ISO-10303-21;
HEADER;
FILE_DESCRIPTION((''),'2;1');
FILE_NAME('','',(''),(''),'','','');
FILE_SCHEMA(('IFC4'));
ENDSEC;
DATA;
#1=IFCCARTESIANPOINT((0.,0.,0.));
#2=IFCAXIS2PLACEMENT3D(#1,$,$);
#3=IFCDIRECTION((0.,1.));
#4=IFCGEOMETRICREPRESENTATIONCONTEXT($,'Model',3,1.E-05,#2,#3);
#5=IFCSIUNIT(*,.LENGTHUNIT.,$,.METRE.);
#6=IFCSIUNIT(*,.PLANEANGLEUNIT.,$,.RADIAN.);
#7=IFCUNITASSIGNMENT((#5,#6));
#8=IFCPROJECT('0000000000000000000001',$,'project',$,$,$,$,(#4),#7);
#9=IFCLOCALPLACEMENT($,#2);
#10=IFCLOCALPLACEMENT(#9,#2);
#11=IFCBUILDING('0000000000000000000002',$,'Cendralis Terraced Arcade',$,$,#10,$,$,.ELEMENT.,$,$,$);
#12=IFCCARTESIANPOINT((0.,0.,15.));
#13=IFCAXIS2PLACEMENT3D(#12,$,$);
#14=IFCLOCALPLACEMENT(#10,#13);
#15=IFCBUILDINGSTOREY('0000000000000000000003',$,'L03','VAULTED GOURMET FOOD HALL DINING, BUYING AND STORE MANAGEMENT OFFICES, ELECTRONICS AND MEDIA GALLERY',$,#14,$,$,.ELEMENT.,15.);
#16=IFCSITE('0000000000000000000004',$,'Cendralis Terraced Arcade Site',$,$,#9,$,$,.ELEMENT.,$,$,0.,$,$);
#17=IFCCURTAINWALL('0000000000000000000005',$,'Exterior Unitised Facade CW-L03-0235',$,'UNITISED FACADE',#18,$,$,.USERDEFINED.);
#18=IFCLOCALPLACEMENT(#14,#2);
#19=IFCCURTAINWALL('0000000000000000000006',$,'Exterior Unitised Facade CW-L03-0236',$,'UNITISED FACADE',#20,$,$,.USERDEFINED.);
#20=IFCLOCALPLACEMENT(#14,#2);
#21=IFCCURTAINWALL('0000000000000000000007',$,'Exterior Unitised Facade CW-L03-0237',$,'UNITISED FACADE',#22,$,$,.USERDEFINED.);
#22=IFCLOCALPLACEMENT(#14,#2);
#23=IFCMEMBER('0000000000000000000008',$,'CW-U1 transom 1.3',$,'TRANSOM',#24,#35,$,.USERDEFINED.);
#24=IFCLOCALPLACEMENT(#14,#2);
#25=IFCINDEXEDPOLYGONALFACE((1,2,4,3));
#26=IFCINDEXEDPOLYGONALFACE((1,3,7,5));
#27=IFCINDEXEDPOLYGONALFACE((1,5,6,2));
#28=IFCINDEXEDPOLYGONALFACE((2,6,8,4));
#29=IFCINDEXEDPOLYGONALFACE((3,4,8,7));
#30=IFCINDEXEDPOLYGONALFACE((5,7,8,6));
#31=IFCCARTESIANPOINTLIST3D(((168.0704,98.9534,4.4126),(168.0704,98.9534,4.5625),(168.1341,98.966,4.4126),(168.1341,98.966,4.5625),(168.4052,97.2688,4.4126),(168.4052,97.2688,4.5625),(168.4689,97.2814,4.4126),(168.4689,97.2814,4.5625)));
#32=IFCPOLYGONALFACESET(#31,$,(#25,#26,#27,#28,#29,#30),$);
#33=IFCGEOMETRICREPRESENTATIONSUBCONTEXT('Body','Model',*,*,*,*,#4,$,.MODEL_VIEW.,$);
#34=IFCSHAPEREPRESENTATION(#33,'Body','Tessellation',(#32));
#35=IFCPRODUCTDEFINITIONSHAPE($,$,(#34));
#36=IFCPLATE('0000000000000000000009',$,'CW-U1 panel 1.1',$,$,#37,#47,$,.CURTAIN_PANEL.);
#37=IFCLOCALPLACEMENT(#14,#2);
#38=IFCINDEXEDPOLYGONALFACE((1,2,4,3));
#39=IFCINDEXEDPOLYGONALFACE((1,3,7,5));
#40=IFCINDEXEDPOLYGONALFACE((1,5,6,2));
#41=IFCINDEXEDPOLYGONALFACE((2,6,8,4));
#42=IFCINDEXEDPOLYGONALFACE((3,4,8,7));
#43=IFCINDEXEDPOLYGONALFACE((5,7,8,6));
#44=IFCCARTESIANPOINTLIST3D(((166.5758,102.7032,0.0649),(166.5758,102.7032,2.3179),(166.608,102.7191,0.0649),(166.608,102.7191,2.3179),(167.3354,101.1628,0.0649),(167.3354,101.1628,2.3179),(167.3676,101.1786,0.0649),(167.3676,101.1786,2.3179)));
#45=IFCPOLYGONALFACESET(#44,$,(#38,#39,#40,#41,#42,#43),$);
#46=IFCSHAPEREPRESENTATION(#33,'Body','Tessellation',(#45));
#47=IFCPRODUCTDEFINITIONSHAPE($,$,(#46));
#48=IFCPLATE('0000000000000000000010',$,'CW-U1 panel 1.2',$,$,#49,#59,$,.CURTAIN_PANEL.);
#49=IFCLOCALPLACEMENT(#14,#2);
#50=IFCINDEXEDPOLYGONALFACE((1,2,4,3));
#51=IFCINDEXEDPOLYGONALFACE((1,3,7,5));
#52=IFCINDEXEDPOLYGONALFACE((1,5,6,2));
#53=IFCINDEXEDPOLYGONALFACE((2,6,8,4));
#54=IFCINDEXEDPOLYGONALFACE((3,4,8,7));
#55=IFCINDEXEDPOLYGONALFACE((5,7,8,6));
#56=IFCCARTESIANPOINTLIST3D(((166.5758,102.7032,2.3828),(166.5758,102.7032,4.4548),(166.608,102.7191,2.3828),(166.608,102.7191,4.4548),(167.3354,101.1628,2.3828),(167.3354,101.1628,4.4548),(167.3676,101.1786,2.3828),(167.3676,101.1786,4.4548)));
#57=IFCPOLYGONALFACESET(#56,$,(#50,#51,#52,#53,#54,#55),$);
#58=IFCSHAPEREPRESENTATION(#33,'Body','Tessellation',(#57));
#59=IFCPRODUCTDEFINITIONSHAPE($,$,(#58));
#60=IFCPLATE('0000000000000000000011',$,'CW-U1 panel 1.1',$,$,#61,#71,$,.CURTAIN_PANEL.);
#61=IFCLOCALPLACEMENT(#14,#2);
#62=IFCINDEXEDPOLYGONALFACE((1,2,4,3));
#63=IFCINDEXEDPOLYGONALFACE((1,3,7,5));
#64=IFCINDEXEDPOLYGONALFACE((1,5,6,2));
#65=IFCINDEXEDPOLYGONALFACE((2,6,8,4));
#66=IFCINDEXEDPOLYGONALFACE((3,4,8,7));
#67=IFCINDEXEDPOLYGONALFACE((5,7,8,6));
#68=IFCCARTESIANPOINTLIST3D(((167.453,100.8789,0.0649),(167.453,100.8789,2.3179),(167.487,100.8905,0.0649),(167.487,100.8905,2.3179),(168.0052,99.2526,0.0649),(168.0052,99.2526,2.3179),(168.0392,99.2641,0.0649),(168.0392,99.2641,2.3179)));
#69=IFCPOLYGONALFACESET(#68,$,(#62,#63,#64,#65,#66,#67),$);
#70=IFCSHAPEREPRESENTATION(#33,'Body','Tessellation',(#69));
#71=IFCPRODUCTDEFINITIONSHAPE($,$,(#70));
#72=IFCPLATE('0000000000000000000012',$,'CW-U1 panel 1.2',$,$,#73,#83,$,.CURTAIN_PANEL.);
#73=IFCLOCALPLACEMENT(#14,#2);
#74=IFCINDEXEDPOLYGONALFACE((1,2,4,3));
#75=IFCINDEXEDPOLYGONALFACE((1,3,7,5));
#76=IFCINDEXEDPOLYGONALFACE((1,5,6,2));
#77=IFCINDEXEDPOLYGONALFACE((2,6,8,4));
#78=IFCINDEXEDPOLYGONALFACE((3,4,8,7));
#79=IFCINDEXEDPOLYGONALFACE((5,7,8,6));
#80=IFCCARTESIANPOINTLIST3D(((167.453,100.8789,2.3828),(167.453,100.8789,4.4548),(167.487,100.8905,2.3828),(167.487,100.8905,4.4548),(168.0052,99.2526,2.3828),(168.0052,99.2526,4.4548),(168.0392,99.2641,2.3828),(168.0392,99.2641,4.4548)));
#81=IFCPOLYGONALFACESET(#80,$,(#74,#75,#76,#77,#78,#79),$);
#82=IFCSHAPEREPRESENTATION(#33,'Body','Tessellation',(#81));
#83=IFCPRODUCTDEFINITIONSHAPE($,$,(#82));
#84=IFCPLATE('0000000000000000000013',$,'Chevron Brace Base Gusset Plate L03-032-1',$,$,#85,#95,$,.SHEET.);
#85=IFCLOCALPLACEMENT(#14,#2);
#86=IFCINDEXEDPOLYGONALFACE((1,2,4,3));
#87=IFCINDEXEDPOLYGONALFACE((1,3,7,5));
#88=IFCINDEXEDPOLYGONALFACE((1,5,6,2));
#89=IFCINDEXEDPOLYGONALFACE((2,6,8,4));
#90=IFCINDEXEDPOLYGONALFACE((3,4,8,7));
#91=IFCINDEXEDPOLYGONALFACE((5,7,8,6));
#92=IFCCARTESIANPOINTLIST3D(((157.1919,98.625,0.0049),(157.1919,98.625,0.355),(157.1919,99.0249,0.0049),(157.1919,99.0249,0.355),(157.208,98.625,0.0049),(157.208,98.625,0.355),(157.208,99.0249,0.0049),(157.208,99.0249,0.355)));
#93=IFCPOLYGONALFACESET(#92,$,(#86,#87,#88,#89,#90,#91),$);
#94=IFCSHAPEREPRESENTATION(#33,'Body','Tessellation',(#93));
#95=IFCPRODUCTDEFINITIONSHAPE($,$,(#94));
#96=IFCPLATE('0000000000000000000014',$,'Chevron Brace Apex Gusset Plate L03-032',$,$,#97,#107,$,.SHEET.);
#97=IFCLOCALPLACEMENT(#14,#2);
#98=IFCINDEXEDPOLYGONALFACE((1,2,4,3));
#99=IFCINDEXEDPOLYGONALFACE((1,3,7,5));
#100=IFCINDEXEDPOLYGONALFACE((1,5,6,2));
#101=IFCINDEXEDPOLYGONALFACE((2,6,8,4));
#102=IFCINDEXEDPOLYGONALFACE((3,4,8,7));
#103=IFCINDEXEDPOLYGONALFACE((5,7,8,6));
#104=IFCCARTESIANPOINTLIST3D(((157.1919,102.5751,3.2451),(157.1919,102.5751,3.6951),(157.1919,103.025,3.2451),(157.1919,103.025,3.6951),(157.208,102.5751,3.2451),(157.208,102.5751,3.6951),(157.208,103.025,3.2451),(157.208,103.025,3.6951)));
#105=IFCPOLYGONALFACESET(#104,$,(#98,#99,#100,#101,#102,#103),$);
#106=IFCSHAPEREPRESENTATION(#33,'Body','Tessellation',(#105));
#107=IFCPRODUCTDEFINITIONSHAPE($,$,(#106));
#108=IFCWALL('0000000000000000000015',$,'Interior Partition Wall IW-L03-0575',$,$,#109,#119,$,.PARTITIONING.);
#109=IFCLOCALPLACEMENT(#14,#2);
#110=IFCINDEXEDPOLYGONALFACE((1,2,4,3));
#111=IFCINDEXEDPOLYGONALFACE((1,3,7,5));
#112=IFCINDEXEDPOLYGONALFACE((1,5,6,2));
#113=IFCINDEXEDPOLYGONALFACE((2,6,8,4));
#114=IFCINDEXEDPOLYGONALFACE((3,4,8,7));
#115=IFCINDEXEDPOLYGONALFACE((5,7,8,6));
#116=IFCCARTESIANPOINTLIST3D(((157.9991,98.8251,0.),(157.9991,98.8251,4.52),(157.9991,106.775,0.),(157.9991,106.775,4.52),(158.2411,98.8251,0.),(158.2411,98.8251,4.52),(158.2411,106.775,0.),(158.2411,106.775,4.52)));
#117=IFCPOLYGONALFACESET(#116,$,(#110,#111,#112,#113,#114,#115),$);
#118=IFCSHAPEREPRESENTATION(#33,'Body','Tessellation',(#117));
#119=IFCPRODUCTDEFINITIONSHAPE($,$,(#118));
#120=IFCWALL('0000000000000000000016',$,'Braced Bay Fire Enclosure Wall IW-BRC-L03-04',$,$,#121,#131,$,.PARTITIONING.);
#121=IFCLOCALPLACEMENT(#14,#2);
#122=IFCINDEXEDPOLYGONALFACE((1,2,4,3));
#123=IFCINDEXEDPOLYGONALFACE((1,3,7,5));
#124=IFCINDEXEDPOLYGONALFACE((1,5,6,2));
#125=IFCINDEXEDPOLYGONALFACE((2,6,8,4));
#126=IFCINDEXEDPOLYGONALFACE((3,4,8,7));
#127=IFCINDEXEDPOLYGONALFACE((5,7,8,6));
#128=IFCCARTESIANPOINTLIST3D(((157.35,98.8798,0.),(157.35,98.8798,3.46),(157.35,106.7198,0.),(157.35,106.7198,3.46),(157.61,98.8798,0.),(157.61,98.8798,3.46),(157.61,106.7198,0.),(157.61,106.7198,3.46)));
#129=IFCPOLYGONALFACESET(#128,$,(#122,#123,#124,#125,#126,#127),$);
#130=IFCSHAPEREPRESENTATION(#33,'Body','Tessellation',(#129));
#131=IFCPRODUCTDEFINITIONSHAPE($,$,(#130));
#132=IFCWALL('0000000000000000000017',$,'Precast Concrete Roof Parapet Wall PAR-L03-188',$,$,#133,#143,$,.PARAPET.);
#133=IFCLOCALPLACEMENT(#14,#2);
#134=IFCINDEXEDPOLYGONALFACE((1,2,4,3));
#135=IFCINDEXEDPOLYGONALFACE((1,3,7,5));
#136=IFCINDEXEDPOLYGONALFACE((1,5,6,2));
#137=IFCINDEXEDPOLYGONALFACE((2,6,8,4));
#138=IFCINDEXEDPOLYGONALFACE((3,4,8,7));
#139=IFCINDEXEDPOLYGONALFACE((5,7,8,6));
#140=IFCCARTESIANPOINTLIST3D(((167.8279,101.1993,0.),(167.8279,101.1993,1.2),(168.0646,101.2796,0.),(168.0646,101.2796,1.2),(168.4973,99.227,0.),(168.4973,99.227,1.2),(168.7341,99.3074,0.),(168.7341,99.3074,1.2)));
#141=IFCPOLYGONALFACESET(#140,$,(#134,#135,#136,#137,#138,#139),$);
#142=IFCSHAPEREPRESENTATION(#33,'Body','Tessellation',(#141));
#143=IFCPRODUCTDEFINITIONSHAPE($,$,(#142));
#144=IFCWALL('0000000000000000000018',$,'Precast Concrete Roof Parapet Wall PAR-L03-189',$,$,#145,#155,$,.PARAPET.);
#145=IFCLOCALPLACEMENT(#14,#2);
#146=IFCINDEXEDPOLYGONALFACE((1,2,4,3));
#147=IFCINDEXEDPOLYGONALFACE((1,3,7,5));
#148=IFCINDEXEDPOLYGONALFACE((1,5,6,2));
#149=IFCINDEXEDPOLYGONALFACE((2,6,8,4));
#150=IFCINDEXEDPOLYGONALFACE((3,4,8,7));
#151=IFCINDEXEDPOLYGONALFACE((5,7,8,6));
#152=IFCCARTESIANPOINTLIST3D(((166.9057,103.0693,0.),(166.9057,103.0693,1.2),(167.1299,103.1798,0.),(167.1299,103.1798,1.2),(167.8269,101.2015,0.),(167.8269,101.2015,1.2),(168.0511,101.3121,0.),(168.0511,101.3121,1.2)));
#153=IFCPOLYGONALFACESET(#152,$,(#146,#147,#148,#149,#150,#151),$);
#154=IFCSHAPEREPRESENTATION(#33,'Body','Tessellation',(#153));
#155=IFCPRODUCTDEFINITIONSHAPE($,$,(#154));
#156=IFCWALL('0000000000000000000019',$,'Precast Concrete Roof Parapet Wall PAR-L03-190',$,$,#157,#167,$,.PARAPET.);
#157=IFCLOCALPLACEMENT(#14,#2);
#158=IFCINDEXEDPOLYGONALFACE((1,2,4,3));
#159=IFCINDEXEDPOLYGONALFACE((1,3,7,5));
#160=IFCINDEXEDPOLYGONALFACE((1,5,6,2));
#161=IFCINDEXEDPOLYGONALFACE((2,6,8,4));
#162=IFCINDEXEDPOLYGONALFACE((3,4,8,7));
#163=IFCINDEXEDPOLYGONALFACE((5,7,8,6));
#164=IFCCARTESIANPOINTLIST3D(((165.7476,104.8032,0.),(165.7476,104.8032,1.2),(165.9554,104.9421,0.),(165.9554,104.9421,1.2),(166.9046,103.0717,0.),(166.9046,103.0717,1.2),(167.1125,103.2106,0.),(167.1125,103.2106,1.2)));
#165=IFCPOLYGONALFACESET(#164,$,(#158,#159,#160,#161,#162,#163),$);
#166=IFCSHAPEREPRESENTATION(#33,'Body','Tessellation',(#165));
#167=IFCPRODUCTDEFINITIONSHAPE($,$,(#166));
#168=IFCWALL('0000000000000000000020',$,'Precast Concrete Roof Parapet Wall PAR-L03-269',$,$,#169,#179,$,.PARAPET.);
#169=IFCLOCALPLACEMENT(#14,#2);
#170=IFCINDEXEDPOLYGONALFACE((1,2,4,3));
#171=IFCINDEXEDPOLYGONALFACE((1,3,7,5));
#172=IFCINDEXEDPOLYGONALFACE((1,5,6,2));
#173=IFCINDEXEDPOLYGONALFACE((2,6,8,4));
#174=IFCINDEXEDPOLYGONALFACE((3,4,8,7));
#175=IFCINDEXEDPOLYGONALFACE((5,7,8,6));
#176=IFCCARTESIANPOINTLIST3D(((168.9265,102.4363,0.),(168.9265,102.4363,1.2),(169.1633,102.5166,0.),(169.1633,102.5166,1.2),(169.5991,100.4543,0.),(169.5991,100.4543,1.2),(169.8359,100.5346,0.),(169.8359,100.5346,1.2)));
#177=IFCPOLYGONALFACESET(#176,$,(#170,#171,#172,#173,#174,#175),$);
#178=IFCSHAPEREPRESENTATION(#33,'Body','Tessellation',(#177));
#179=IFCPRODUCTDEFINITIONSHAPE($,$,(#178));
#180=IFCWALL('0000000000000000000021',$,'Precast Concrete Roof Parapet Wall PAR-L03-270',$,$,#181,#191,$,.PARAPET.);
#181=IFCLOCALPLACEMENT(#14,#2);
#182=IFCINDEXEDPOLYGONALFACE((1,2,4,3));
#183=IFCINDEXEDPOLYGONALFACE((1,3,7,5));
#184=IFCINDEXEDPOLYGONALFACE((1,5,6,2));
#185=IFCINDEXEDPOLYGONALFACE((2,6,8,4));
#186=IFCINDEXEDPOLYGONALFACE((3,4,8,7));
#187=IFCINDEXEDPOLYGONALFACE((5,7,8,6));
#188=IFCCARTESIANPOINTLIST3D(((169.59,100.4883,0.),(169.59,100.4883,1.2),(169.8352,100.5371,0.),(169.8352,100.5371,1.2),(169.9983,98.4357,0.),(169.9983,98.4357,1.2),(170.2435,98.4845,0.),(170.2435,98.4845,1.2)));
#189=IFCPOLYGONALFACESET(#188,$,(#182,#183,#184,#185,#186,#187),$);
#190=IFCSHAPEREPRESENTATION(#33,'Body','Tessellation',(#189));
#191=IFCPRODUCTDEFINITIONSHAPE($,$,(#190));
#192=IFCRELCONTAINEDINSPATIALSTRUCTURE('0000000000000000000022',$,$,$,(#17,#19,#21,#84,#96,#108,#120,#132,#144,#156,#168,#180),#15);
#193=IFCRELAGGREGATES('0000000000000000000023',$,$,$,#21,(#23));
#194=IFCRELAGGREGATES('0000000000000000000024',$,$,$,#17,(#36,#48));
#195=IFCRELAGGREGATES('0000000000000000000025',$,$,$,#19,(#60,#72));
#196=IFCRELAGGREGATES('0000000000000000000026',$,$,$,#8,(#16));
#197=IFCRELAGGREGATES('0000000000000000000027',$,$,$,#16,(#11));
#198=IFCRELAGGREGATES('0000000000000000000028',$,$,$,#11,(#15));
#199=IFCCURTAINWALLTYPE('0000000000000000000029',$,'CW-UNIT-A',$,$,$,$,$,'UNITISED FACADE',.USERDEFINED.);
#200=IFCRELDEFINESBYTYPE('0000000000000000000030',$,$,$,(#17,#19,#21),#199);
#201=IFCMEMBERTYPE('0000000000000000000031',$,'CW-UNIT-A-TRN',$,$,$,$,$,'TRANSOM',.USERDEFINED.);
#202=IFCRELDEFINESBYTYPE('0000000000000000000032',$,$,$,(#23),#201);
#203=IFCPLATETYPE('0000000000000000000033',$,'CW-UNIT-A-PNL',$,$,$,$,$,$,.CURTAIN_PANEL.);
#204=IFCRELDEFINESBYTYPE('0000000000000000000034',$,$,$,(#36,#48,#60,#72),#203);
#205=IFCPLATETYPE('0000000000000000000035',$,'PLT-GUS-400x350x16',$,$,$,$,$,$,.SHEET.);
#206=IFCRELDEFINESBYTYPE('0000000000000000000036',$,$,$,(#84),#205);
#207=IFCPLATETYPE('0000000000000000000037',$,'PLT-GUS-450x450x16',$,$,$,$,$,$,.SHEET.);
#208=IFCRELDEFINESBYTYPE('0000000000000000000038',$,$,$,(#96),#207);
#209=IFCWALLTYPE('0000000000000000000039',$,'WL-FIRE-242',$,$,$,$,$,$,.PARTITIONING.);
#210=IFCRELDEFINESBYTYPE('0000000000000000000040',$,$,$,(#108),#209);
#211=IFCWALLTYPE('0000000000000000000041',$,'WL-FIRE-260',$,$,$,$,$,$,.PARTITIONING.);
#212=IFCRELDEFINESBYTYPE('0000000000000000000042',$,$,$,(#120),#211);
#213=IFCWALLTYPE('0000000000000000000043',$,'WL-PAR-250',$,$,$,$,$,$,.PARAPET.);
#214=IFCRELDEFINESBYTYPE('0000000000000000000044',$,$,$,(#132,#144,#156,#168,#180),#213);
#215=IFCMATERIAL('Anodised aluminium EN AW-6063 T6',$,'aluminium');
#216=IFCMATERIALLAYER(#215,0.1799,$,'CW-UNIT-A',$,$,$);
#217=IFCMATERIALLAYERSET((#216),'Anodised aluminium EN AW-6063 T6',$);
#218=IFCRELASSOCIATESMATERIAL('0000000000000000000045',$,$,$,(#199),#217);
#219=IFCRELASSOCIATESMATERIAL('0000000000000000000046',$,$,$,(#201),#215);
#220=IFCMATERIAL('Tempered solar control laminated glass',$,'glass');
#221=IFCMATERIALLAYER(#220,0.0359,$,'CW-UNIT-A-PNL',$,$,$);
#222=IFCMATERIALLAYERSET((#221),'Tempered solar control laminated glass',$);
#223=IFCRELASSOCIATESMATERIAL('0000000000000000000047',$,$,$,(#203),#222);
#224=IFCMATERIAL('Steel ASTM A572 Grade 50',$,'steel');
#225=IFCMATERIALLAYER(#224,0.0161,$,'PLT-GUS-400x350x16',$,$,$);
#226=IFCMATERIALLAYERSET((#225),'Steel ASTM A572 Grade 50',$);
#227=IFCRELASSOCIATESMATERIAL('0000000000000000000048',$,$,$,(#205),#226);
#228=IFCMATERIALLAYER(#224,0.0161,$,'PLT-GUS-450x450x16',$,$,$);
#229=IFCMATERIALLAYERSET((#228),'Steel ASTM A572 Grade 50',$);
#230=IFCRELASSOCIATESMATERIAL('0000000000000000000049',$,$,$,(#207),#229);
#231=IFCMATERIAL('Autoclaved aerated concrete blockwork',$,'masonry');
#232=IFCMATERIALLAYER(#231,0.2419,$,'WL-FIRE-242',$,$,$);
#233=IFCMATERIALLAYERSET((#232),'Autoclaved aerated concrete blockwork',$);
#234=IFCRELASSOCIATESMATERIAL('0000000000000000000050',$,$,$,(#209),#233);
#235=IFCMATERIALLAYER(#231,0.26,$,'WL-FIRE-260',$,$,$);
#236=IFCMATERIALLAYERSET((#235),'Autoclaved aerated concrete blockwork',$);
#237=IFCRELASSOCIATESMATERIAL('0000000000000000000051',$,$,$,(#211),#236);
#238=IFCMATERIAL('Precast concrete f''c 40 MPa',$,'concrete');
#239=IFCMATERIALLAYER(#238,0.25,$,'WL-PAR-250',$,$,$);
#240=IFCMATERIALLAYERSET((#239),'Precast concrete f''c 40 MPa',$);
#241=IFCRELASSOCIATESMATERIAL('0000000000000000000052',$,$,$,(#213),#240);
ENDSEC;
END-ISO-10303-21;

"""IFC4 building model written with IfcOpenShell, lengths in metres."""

from ifc_helpers import new_model, si_unit, direction, frame, frame_2d, origin, origin_2d, place, context, subcontext, project, spatial, rectangle, extrude, material, layer, layer_set, material_profile, profile_set, type_object, element, aggregate, save


model = new_model("IFC4")

# Units and contexts
model_context = context("Model", 3, precision=1e-05, world=origin(), true_north=direction((0.0, 1.0)))
body_context = subcontext(model_context, "Body", "Model", "MODEL_VIEW")
ifc_project = project(units=[si_unit("LENGTHUNIT", "METRE"), si_unit("PLANEANGLEUNIT", "RADIAN")], contexts=[model_context])

# Site, building, storey
site_placement = place(None, origin())
site = spatial("IfcSite", under=ifc_project, at=site_placement, Name="Cendralis Terraced Arcade Site", CompositionType="ELEMENT", RefElevation=0.0)
building_placement = place(site_placement, origin())
building = spatial("IfcBuilding", under=site, at=building_placement, Name="Cendralis Terraced Arcade", CompositionType="ELEMENT")
storey_placement = place(building_placement, frame((0.0, 0.0, 15.0)))
storey = spatial("IfcBuildingStorey", under=building, at=storey_placement, Name="L03", Description="VAULTED GOURMET FOOD HALL DINING, BUYING AND STORE MANAGEMENT OFFICES, ELECTRONICS AND MEDIA GALLERY", CompositionType="ELEMENT", Elevation=15.0)

# Shared definitions
ifc_material_1 = material(Name="Anodised aluminium EN AW-6063 T6", Category="aluminium")
ifc_layer_1 = layer(ifc_material_1, 0.1799, Name="CW-UNIT-A")
ifc_layer_set_1 = layer_set([ifc_layer_1], Name="Anodised aluminium EN AW-6063 T6")
curtain_wall_type = type_object("IfcCurtainWallType", Name="CW-UNIT-A", ElementType="UNITISED FACADE", PredefinedType="USERDEFINED", material=ifc_layer_set_1)

# Curtain walls
curtain_wall_1_placement = place(storey_placement, origin())
curtain_wall_1 = element("IfcCurtainWall", 1, at=curtain_wall_1_placement, inside=storey, type_object=curtain_wall_type, Name="Exterior Unitised Facade CW-L03-0235", ObjectType="UNITISED FACADE", PredefinedType="USERDEFINED")
curtain_wall_2_placement = place(storey_placement, origin())
curtain_wall_2 = element("IfcCurtainWall", 2, at=curtain_wall_2_placement, inside=storey, type_object=curtain_wall_type, Name="Exterior Unitised Facade CW-L03-0236", ObjectType="UNITISED FACADE", PredefinedType="USERDEFINED")

# Curtain wall
curtain_wall_3_placement = place(storey_placement, origin())
curtain_wall_3 = element("IfcCurtainWall", 3, at=curtain_wall_3_placement, inside=storey, type_object=curtain_wall_type, Name="Exterior Unitised Facade CW-L03-0237", ObjectType="UNITISED FACADE", PredefinedType="USERDEFINED")

# Member
ifc_material_profile_1 = material_profile(ifc_material_1, rectangle(XDim=0.0649, YDim=0.1499, at=origin_2d()), Name="ALU-TRN-65x150")
ifc_profile_set_1 = profile_set([ifc_material_profile_1], Name="Anodised aluminium EN AW-6063 T6")
member_type_1 = type_object("IfcMemberType", Name="CW-UNIT-A-TRN", ElementType="TRANSOM", PredefinedType="USERDEFINED", material=ifc_profile_set_1)
member_1_placement = place(storey_placement, frame((168.1023, 98.9597, 4.4875), z_axis=(0.194886, -0.980826, 0.0), x_axis=(0.980826, 0.194886, 0.0)))
member_1 = element("IfcMember", 4, at=member_1_placement, type_object=member_type_1, Name="CW-U1 transom 1.3", ObjectType="TRANSOM", PredefinedType="USERDEFINED", context=body_context, shape_type="SweptSolid", body=[
    extrude(rectangle(XDim=0.0649, YDim=0.1499, at=origin_2d()), origin(), (0.0, 0.0, 1.0), 1.7175),
])
aggregate(curtain_wall_3, [member_1])

# Plates
ifc_material_2 = material(Name="Tempered solar control laminated glass", Category="glass")
ifc_layer_2 = layer(ifc_material_2, 0.0359, Name="CW-UNIT-A-PNL")
ifc_layer_set_2 = layer_set([ifc_layer_2], Name="Tempered solar control laminated glass")
plate_type_1 = type_object("IfcPlateType", Name="CW-UNIT-A-PNL", PredefinedType="CURTAIN_PANEL", material=ifc_layer_set_2)
plate_1_placement = place(storey_placement, frame((166.9717, 101.9409, 0.0649), z_axis=(0.0, 0.0, 1.0), x_axis=(0.44227, -0.896882, 0.0)))
plate_1 = element("IfcPlate", 5, at=plate_1_placement, type_object=plate_type_1, Name="CW-U1 panel 1.1", PredefinedType="CURTAIN_PANEL", context=body_context, shape_type="SweptSolid", body=[
    extrude(rectangle(XDim=1.7175, YDim=0.0359, at=origin_2d()), origin(), (0.0, 0.0, 1.0), 2.2529),
])
plate_2_placement = place(storey_placement, frame((166.9717, 101.9409, 2.3828), z_axis=(0.0, 0.0, 1.0), x_axis=(0.44227, -0.896882, 0.0)))
plate_2 = element("IfcPlate", 6, at=plate_2_placement, type_object=plate_type_1, Name="CW-U1 panel 1.2", PredefinedType="CURTAIN_PANEL", context=body_context, shape_type="SweptSolid", body=[
    extrude(rectangle(XDim=1.7175, YDim=0.0359, at=origin_2d()), origin(), (0.0, 0.0, 1.0), 2.072),
])
aggregate(curtain_wall_1, [plate_1, plate_2])
plate_3_placement = place(storey_placement, frame((167.7461, 100.0715, 0.0649), z_axis=(0.0, 0.0, 1.0), x_axis=(0.3215, -0.94691, 0.0)))
plate_3 = element("IfcPlate", 7, at=plate_3_placement, type_object=plate_type_1, Name="CW-U1 panel 1.1", PredefinedType="CURTAIN_PANEL", context=body_context, shape_type="SweptSolid", body=[
    extrude(rectangle(XDim=1.7175, YDim=0.0359, at=origin_2d()), origin(), (0.0, 0.0, 1.0), 2.2529),
])
plate_4_placement = place(storey_placement, frame((167.7461, 100.0715, 2.3828), z_axis=(0.0, 0.0, 1.0), x_axis=(0.3215, -0.94691, 0.0)))
plate_4 = element("IfcPlate", 8, at=plate_4_placement, type_object=plate_type_1, Name="CW-U1 panel 1.2", PredefinedType="CURTAIN_PANEL", context=body_context, shape_type="SweptSolid", body=[
    extrude(rectangle(XDim=1.7175, YDim=0.0359, at=origin_2d()), origin(), (0.0, 0.0, 1.0), 2.072),
])
aggregate(curtain_wall_2, [plate_3, plate_4])

# Plates
ifc_material_3 = material(Name="Steel ASTM A572 Grade 50", Category="steel")
ifc_layer_3 = layer(ifc_material_3, 0.0161, Name="PLT-GUS-400x350x16")
ifc_layer_set_3 = layer_set([ifc_layer_3], Name="Steel ASTM A572 Grade 50")
plate_type_2 = type_object("IfcPlateType", Name="PLT-GUS-400x350x16", PredefinedType="SHEET", material=ifc_layer_set_3)
plate_5_placement = place(storey_placement, frame((157.2, 98.825, 0.0049), z_axis=(0.0, 0.0, 1.0), x_axis=(0.0, 1.0, 0.0)))
element("IfcPlate", 9, at=plate_5_placement, inside=storey, type_object=plate_type_2, Name="Chevron Brace Base Gusset Plate L03-032-1", PredefinedType="SHEET", context=body_context, shape_type="SweptSolid", body=[
    extrude(rectangle(XDim=0.3999, YDim=0.0161, at=origin_2d()), origin(), (0.0, 0.0, 1.0), 0.3501),
])
ifc_layer_4 = layer(ifc_material_3, 0.0161, Name="PLT-GUS-450x450x16")
ifc_layer_set_4 = layer_set([ifc_layer_4], Name="Steel ASTM A572 Grade 50")
plate_type_3 = type_object("IfcPlateType", Name="PLT-GUS-450x450x16", PredefinedType="SHEET", material=ifc_layer_set_4)
plate_6_placement = place(storey_placement, frame((157.2, 102.8, 3.2451), z_axis=(0.0, 0.0, 1.0), x_axis=(0.0, 1.0, 0.0)))
element("IfcPlate", 10, at=plate_6_placement, inside=storey, type_object=plate_type_3, Name="Chevron Brace Apex Gusset Plate L03-032", PredefinedType="SHEET", context=body_context, shape_type="SweptSolid", body=[
    extrude(rectangle(XDim=0.45, YDim=0.0161, at=origin_2d()), origin(), (0.0, 0.0, 1.0), 0.45),
])

# Walls
ifc_material_4 = material(Name="Autoclaved aerated concrete blockwork", Category="masonry")
ifc_layer_5 = layer(ifc_material_4, 0.2419, Name="WL-FIRE-242")
ifc_layer_set_5 = layer_set([ifc_layer_5], Name="Autoclaved aerated concrete blockwork")
wall_type_1 = type_object("IfcWallType", Name="WL-FIRE-242", PredefinedType="PARTITIONING", material=ifc_layer_set_5)
wall_1_placement = place(storey_placement, frame((158.1201, 98.825, 0.0), z_axis=(0.0, 0.0, 1.0), x_axis=(0.0, 1.0, 0.0)))
element("IfcWall", 11, at=wall_1_placement, inside=storey, type_object=wall_type_1, Name="Interior Partition Wall IW-L03-0575", PredefinedType="PARTITIONING", context=body_context, shape_type="SweptSolid", body=[
    extrude(rectangle(XDim=7.95, YDim=0.2419, at=frame_2d((3.9751, 0.0))), origin(), (0.0, 0.0, 1.0), 4.52),
])
ifc_layer_6 = layer(ifc_material_4, 0.26, Name="WL-FIRE-260")
ifc_layer_set_6 = layer_set([ifc_layer_6], Name="Autoclaved aerated concrete blockwork")
wall_type_2 = type_object("IfcWallType", Name="WL-FIRE-260", PredefinedType="PARTITIONING", material=ifc_layer_set_6)
wall_2_placement = place(storey_placement, frame((157.48, 98.8799, 0.0), z_axis=(0.0, 0.0, 1.0), x_axis=(0.0, 1.0, 0.0)))
element("IfcWall", 12, at=wall_2_placement, inside=storey, type_object=wall_type_2, Name="Braced Bay Fire Enclosure Wall IW-BRC-L03-04", PredefinedType="PARTITIONING", context=body_context, shape_type="SweptSolid", body=[
    extrude(rectangle(XDim=7.8401, YDim=0.26, at=frame_2d((3.9199, 0.0))), origin(), (0.0, 0.0, 1.0), 3.46),
])
ifc_material_5 = material(Name="Precast concrete f'c 40 MPa", Category="concrete")
ifc_layer_7 = layer(ifc_material_5, 0.25, Name="WL-PAR-250")
ifc_layer_set_7 = layer_set([ifc_layer_7], Name="Precast concrete f'c 40 MPa")
wall_type_3 = type_object("IfcWallType", Name="WL-PAR-250", PredefinedType="PARAPET", material=ifc_layer_set_7)
wall_3_placement = place(storey_placement, frame((168.6157, 99.2671, 0.0), z_axis=(0.0, 0.0, 1.0), x_axis=(-0.321428, 0.946934, 0.0)))
element("IfcWall", 13, at=wall_3_placement, inside=storey, type_object=wall_type_3, Name="Precast Concrete Roof Parapet Wall PAR-L03-188", PredefinedType="PARAPET", context=body_context, shape_type="SweptSolid", body=[
    extrude(rectangle(XDim=2.0828, YDim=0.25, at=frame_2d((1.0415, 0.0))), origin(), (0.0, 0.0, 1.0), 1.2),
])
for number, where, z_axis, x_axis, name in (
    (14, (167.939, 101.2568, 0.0), (0.0, 0.0, 1.0), (-0.44233, 0.896852, 0.0), "Precast Concrete Roof Parapet Wall PAR-L03-189"),
    (15, (167.0085, 103.1411, 0.0), (0.0, 0.0, 1.0), (-0.555593, 0.831455, 0.0), "Precast Concrete Roof Parapet Wall PAR-L03-190"),
):
    element("IfcWall", number, at=place(storey_placement, frame(where, z_axis=z_axis, x_axis=x_axis)), inside=storey, type_object=wall_type_3, Name=name, PredefinedType="PARAPET", context=body_context, shape_type="SweptSolid", body=[
        extrude(rectangle(XDim=2.0825, YDim=0.25, at=frame_2d((1.0413, 0.0))), origin(), (0.0, 0.0, 1.0), 1.2),
    ])
wall_4_placement = place(storey_placement, frame((169.0449, 102.4763, 0.0), z_axis=(0.0, 0.0, 1.0), x_axis=(0.321367, -0.946955, 0.0)))
element("IfcWall", 16, at=wall_4_placement, inside=storey, type_object=wall_type_3, Name="Precast Concrete Roof Parapet Wall PAR-L03-269", PredefinedType="PARAPET", context=body_context, shape_type="SweptSolid", body=[
    extrude(rectangle(XDim=2.093, YDim=0.25, at=frame_2d((1.0464, 0.0))), origin(), (0.0, 0.0, 1.0), 1.2),
])
wall_5_placement = place(storey_placement, frame((169.7126, 100.5127, 0.0), z_axis=(0.0, 0.0, 1.0), x_axis=(0.195062, -0.980791, 0.0)))
element("IfcWall", 17, at=wall_5_placement, inside=storey, type_object=wall_type_3, Name="Precast Concrete Roof Parapet Wall PAR-L03-270", PredefinedType="PARAPET", context=body_context, shape_type="SweptSolid", body=[
    extrude(rectangle(XDim=2.0928, YDim=0.25, at=frame_2d((1.0464, 0.0))), origin(), (0.0, 0.0, 1.0), 1.2),
])

save(model, "model.ifc")
